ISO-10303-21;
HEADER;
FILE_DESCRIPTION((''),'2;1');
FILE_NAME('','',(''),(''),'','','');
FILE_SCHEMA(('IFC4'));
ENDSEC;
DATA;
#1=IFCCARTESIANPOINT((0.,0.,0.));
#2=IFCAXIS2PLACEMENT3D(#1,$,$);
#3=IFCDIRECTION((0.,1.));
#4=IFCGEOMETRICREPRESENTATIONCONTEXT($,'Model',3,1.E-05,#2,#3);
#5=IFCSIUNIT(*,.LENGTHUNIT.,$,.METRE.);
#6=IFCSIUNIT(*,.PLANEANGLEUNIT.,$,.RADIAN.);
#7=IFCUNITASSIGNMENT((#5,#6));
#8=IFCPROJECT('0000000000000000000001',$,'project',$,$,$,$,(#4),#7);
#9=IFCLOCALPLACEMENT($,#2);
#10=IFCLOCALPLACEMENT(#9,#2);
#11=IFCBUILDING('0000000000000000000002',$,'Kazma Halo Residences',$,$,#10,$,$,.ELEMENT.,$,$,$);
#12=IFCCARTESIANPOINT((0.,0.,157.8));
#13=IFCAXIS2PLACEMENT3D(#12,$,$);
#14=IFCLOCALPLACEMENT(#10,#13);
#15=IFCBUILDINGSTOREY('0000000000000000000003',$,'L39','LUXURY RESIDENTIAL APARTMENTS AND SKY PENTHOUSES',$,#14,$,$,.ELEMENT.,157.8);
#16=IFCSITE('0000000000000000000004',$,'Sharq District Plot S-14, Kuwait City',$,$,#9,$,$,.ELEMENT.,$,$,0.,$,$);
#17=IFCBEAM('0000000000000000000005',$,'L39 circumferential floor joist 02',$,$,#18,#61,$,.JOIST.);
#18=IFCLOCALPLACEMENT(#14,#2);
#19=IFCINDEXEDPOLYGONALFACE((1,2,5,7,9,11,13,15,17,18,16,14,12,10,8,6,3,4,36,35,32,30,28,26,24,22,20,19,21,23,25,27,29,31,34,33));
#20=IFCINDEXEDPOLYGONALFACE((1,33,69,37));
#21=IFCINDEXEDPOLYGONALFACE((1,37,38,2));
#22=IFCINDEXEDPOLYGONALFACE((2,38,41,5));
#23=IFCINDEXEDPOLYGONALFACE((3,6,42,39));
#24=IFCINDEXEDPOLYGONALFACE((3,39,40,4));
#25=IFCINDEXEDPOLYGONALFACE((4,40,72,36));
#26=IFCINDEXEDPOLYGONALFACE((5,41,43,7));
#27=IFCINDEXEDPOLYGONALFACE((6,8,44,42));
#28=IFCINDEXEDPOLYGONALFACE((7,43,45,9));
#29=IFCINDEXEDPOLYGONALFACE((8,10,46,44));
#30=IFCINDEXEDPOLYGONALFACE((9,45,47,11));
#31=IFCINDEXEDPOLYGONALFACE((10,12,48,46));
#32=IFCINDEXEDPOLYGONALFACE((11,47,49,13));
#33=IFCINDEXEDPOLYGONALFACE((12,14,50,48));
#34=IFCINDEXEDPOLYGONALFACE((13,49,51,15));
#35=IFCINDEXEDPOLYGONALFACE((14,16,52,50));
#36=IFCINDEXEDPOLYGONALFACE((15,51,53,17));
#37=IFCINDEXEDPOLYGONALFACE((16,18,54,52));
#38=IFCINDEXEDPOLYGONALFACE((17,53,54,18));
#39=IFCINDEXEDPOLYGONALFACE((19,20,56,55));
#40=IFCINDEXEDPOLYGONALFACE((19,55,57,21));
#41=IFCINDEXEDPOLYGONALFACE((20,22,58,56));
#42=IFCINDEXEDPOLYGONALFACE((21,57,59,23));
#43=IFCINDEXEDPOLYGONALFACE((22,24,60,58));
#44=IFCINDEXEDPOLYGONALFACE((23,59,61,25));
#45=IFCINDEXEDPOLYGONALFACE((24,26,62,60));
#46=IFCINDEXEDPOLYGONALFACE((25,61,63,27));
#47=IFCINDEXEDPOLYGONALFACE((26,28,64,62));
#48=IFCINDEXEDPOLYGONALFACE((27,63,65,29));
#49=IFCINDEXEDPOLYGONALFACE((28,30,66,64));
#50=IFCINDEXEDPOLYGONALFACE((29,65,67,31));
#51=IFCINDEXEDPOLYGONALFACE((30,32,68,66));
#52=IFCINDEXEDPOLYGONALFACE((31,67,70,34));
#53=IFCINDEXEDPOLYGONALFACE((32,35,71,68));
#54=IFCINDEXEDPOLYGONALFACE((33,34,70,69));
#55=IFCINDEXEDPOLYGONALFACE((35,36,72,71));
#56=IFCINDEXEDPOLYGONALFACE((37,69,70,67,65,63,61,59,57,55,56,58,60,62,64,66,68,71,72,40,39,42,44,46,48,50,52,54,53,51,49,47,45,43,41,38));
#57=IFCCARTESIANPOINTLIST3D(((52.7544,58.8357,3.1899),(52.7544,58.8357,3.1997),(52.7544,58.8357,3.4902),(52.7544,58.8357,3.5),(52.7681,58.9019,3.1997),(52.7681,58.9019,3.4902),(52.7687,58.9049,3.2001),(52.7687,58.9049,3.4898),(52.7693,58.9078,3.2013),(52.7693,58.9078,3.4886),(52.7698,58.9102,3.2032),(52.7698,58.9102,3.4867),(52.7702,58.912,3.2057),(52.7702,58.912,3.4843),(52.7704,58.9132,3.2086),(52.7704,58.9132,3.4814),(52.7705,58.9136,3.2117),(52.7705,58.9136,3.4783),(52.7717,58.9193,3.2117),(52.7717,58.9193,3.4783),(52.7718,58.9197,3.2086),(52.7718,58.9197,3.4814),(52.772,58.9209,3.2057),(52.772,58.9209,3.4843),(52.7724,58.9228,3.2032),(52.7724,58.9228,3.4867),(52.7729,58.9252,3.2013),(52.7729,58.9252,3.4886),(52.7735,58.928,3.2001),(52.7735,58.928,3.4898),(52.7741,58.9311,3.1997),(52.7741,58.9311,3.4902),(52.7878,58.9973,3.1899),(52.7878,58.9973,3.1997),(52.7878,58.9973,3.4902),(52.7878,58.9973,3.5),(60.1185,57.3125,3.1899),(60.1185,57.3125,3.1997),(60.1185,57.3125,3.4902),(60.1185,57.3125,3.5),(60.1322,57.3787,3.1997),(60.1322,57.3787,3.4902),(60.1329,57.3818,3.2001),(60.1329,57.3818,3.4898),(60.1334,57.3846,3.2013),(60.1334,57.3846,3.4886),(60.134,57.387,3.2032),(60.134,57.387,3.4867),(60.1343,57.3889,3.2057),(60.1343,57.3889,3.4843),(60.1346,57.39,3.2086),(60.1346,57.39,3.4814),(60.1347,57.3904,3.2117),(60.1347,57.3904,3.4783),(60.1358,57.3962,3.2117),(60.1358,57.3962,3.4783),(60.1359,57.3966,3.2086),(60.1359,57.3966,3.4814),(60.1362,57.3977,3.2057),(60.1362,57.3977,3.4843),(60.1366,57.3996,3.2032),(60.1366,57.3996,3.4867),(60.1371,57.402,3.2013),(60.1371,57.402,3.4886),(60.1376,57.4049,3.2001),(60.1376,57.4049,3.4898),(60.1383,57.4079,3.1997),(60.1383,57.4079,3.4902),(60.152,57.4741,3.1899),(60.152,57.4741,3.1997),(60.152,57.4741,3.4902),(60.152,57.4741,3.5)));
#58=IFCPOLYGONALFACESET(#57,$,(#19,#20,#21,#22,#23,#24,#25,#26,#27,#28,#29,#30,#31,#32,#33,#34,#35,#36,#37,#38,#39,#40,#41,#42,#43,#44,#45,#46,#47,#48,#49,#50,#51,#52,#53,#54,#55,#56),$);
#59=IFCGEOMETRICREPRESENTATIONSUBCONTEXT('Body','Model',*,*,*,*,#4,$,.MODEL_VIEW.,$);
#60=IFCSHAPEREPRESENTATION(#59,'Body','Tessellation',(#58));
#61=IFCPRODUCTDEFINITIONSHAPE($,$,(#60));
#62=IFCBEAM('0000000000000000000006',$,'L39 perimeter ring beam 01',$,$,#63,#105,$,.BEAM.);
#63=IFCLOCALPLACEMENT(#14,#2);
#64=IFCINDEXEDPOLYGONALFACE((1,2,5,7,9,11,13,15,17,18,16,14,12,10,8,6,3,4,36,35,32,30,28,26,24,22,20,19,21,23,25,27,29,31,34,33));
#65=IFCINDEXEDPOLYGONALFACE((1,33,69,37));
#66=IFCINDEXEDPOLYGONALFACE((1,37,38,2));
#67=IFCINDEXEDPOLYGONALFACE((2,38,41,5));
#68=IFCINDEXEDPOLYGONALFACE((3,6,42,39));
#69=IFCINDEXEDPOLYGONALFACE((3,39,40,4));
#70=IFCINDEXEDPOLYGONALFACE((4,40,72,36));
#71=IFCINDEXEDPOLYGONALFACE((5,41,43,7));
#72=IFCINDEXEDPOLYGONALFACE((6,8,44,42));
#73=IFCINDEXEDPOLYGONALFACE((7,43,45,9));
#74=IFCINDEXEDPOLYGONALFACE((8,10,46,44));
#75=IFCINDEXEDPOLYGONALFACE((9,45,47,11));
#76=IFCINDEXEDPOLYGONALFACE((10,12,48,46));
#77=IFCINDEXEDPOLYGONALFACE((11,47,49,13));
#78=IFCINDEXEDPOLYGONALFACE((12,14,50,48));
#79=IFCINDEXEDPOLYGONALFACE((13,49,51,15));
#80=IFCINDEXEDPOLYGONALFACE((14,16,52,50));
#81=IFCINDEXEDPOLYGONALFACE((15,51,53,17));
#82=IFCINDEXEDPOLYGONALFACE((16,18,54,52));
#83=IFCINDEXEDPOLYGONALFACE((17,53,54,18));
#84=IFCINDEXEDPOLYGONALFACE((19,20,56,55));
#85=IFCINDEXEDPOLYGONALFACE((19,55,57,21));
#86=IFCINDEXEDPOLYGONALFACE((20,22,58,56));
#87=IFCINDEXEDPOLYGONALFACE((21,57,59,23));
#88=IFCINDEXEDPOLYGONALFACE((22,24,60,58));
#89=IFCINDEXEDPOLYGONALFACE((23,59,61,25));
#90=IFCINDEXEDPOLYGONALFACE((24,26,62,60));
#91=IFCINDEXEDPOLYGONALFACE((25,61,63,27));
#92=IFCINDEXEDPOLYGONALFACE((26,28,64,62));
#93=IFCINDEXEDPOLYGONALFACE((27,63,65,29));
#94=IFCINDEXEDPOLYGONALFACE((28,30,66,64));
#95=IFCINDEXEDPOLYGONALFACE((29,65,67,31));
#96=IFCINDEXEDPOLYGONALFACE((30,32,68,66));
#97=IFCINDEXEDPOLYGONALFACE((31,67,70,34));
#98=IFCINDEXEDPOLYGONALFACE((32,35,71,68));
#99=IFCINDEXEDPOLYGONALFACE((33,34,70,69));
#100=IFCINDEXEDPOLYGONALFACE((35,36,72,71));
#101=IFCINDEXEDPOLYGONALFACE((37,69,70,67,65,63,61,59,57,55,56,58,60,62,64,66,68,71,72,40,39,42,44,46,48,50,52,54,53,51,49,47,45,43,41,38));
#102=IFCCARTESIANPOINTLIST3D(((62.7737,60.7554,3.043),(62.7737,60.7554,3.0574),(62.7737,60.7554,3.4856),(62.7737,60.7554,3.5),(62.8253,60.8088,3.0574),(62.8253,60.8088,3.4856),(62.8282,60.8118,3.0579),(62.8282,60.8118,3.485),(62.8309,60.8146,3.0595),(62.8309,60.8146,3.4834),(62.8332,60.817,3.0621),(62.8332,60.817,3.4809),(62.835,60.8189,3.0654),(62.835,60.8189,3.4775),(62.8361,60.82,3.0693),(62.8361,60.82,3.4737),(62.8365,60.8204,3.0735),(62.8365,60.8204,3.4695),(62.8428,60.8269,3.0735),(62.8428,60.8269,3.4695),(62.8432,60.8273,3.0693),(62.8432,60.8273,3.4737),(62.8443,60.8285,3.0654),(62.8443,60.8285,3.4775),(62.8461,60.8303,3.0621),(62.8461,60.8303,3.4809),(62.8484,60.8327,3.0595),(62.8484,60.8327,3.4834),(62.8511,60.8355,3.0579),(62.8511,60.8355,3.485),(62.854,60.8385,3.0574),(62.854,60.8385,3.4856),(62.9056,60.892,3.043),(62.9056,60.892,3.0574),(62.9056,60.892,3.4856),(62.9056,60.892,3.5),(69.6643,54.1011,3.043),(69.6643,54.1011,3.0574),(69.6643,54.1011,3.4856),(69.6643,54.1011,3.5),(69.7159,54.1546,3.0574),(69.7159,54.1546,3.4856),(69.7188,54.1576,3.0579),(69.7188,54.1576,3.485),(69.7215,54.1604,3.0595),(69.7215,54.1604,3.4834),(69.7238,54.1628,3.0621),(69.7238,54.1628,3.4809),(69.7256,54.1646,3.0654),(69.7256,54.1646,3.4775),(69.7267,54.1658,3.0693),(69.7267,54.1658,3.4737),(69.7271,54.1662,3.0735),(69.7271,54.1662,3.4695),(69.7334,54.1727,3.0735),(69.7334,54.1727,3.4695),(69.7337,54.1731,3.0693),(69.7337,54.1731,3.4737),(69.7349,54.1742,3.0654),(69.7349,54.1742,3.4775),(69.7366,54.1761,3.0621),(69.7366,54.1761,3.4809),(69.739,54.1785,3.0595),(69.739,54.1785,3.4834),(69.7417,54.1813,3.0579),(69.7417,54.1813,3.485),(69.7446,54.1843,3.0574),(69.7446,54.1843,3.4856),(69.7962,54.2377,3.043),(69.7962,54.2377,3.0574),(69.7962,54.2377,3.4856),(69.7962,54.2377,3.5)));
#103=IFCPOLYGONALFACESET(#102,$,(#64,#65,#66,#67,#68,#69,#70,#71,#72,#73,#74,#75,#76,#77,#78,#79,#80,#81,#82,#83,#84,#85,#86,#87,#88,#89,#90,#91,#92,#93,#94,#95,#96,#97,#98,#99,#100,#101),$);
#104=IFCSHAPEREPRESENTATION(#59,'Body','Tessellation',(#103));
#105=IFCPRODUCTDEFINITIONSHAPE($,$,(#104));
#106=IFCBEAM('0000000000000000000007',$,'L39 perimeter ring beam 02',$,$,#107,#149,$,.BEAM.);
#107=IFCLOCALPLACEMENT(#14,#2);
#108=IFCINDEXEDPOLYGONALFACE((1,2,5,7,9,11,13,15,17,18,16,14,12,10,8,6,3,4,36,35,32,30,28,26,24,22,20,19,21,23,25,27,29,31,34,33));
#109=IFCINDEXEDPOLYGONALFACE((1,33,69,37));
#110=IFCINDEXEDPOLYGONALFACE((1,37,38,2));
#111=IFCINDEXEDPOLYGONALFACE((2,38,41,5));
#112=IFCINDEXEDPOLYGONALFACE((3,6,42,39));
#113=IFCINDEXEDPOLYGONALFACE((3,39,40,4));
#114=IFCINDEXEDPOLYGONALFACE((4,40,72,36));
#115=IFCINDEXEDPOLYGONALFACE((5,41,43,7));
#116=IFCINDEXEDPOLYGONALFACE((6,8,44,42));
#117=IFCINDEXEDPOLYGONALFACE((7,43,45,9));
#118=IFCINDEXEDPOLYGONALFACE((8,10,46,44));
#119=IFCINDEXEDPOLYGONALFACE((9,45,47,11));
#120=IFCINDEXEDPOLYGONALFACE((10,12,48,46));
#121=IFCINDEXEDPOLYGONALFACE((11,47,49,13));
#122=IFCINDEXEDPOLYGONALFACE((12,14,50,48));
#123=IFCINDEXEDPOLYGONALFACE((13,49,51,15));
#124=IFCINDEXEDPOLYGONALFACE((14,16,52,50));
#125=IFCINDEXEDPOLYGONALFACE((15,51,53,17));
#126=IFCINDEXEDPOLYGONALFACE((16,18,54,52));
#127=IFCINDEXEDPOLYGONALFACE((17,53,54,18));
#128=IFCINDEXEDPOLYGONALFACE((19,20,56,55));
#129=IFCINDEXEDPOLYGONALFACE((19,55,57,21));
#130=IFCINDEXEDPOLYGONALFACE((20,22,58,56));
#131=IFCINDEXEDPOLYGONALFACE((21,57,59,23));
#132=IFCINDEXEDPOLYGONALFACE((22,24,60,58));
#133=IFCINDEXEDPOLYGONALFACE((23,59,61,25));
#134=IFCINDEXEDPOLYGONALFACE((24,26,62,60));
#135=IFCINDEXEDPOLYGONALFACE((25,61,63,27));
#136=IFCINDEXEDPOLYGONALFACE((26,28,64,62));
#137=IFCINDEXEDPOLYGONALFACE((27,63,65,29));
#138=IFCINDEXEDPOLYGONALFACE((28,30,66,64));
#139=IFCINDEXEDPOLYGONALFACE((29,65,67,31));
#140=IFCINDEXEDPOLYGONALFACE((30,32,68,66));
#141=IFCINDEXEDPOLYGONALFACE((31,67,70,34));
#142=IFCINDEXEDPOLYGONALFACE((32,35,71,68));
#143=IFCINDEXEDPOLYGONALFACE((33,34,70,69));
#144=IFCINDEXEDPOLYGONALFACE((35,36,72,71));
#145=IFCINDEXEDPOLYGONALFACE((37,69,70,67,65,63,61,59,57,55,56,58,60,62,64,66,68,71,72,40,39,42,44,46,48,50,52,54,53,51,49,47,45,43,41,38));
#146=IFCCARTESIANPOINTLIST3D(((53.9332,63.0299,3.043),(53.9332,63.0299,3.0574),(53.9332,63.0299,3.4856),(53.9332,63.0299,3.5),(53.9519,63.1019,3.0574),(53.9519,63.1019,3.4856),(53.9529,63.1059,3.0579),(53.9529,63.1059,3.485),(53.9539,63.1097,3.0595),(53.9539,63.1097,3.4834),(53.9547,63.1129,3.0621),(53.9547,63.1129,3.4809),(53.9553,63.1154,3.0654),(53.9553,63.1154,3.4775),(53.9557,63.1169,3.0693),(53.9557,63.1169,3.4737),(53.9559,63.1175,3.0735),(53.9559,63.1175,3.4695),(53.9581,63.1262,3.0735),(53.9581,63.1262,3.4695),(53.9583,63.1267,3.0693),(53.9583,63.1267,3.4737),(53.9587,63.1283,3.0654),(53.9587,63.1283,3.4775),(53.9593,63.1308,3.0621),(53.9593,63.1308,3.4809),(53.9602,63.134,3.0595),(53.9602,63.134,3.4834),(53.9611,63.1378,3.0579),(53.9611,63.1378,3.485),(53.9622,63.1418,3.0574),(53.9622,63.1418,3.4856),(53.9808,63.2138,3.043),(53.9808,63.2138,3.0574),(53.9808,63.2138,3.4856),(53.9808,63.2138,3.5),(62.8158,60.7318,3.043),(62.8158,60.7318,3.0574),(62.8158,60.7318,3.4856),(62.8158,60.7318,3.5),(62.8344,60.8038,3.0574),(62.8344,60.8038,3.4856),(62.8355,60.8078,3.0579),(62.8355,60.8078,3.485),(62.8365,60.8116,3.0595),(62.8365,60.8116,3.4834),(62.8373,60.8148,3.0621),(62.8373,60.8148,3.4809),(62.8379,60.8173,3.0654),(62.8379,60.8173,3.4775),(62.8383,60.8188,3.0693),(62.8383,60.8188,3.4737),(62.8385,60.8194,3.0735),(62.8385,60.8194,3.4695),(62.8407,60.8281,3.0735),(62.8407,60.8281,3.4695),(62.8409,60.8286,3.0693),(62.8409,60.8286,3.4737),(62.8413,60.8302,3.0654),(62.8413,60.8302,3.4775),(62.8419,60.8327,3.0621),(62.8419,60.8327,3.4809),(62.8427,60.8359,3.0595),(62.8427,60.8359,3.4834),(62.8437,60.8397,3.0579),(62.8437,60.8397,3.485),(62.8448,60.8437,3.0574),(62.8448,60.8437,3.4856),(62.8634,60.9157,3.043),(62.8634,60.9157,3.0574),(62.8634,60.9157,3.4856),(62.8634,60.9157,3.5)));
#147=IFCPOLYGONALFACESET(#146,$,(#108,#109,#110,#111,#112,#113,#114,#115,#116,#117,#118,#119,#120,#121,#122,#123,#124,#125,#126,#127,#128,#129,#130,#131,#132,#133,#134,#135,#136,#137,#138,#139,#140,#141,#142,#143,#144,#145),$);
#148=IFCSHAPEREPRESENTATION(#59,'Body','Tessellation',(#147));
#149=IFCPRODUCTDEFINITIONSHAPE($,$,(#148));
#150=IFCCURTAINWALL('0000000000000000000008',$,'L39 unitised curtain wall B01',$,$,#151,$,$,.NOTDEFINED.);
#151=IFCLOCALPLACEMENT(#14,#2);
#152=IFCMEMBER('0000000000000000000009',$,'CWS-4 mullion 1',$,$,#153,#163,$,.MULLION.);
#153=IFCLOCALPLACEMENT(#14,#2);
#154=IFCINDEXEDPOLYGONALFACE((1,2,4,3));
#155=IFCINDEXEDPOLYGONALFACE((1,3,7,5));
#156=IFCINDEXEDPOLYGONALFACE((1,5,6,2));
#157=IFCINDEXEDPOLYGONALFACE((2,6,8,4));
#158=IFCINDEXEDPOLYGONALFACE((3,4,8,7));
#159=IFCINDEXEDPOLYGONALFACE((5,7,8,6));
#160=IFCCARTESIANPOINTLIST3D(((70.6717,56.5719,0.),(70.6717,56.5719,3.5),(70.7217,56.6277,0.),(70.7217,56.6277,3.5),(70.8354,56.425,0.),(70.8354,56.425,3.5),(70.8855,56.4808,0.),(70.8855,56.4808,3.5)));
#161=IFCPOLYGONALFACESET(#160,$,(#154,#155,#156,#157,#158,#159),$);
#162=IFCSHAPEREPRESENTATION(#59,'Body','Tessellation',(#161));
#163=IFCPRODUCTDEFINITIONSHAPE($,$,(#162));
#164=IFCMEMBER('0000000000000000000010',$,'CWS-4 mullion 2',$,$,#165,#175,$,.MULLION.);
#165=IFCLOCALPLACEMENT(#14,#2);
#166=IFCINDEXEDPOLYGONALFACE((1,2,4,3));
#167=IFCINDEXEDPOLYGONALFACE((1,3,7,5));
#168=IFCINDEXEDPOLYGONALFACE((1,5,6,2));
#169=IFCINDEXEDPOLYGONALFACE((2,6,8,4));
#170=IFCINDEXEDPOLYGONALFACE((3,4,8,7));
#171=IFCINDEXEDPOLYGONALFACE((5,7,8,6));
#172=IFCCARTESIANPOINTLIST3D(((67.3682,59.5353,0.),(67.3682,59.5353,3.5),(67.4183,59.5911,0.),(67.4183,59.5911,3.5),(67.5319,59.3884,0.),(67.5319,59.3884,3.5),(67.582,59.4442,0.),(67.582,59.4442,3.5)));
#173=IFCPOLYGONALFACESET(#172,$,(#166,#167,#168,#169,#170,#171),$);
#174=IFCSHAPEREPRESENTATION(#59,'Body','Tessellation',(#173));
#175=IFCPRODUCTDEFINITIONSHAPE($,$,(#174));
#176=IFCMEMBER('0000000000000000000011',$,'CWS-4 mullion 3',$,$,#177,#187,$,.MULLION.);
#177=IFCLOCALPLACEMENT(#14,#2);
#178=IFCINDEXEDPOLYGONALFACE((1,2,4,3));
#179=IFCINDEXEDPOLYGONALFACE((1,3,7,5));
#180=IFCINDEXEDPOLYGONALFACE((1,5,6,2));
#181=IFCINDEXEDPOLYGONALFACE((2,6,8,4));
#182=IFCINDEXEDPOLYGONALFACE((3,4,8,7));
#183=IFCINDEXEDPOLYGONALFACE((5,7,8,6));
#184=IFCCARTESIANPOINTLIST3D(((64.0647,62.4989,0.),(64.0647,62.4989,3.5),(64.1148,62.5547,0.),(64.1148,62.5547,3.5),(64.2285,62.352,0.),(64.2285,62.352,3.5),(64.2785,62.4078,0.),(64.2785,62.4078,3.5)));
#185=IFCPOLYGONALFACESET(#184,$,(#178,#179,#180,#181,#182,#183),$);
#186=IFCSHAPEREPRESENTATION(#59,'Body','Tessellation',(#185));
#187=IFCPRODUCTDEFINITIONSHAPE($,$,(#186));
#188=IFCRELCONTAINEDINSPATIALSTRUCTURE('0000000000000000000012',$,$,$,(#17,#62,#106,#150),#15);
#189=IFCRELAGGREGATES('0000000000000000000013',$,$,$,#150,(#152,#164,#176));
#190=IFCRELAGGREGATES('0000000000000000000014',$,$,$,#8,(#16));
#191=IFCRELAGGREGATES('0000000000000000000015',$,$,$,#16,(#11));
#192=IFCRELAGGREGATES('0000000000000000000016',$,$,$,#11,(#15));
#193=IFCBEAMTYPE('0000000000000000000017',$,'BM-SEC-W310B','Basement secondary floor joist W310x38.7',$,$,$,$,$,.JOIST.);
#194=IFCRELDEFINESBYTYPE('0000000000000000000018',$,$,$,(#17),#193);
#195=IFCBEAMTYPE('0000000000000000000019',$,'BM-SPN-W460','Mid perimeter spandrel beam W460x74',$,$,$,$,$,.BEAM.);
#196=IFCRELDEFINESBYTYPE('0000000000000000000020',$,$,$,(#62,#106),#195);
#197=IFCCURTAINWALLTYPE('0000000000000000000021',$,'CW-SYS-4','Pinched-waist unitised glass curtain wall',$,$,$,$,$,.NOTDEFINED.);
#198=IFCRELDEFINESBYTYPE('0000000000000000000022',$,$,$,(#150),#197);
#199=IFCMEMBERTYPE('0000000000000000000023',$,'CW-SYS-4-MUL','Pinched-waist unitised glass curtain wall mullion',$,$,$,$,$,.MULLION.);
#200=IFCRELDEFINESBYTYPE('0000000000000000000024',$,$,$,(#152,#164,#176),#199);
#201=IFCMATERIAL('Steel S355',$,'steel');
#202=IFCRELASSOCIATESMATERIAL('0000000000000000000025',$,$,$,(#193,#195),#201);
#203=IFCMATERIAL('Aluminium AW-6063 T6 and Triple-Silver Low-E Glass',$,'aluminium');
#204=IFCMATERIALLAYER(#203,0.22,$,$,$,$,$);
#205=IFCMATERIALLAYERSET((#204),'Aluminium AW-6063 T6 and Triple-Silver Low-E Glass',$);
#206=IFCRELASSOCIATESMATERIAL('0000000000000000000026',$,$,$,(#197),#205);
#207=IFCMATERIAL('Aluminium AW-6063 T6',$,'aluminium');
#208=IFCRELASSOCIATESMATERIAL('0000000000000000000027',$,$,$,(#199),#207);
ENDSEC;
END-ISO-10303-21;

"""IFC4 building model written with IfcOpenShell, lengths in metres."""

from ifc_helpers import new_model, si_unit, direction, frame, origin, origin_2d, place, context, subcontext, project, spatial, rectangle, i_section, extrude, material, layer, layer_set, material_profile, profile_set, type_object, element, aggregate, save


model = new_model("IFC4")

# Units and contexts
model_context = context("Model", 3, precision=1e-05, world=origin(), true_north=direction((0.0, 1.0)))
body_context = subcontext(model_context, "Body", "Model", "MODEL_VIEW")
ifc_project = project(units=[si_unit("LENGTHUNIT", "METRE"), si_unit("PLANEANGLEUNIT", "RADIAN")], contexts=[model_context])

# Site, building, storey
site_placement = place(None, origin())
site = spatial("IfcSite", under=ifc_project, at=site_placement, Name="Sharq District Plot S-14, Kuwait City", CompositionType="ELEMENT", RefElevation=0.0)
building_placement = place(site_placement, origin())
building = spatial("IfcBuilding", under=site, at=building_placement, Name="Kazma Halo Residences", CompositionType="ELEMENT")
storey_placement = place(building_placement, frame((0.0, 0.0, 157.8)))
storey = spatial("IfcBuildingStorey", under=building, at=storey_placement, Name="L39", Description="LUXURY RESIDENTIAL APARTMENTS AND SKY PENTHOUSES", CompositionType="ELEMENT", Elevation=157.8)

# Beams
ifc_material_1 = material(Name="Steel S355", Category="steel")
ifc_material_profile_1 = material_profile(ifc_material_1, i_section(OverallWidth=0.165, OverallDepth=0.3101, WebThickness=0.0059, FlangeThickness=0.0098, FilletRadius=0.012, at=origin_2d()), Name="W310x38.7")
ifc_profile_set_1 = profile_set([ifc_material_profile_1], Name="Steel S355")
beam_type_1 = type_object("IfcBeamType", Name="BM-SEC-W310B", Description="Basement secondary floor joist W310x38.7", PredefinedType="JOIST", material=ifc_profile_set_1)
beam_1_placement = place(storey_placement, frame((60.1353, 57.3933, 3.345), z_axis=(-0.979272, 0.202549, 0.0), x_axis=(-0.202549, -0.979272, 0.0)))
element("IfcBeam", 1, at=beam_1_placement, inside=storey, type_object=beam_type_1, Name="L39 circumferential floor joist 02", PredefinedType="JOIST", context=body_context, shape_type="SweptSolid", body=[
    extrude(i_section(OverallWidth=0.165, OverallDepth=0.3101, WebThickness=0.0059, FlangeThickness=0.0098, FilletRadius=0.012, at=origin_2d()), origin(), (0.0, 0.0, 1.0), 7.52),
])
ifc_material_profile_2 = material_profile(ifc_material_1, i_section(OverallWidth=0.1899, OverallDepth=0.457, WebThickness=0.009, FlangeThickness=0.0144, FilletRadius=0.0161, at=origin_2d()), Name="W460x74")
ifc_profile_set_2 = profile_set([ifc_material_profile_2], Name="Steel S355")
beam_type_2 = type_object("IfcBeamType", Name="BM-SPN-W460", Description="Mid perimeter spandrel beam W460x74", PredefinedType="BEAM", material=ifc_profile_set_2)
beam_2_placement = place(storey_placement, frame((69.7302, 54.1694, 3.2715), z_axis=(-0.719335, 0.694664, 0.0), x_axis=(-0.694664, -0.719335, 0.0)))
element("IfcBeam", 2, at=beam_2_placement, inside=storey, type_object=beam_type_2, Name="L39 perimeter ring beam 01", PredefinedType="BEAM", context=body_context, shape_type="SweptSolid", body=[
    extrude(i_section(OverallWidth=0.1899, OverallDepth=0.457, WebThickness=0.009, FlangeThickness=0.0144, FilletRadius=0.0161, at=origin_2d()), origin(), (0.0, 0.0, 1.0), 9.5791),
])
beam_3_placement = place(storey_placement, frame((62.8396, 60.8237, 3.2715), z_axis=(-0.968124, 0.250473, 0.0), x_axis=(-0.250473, -0.968124, 0.0)))
element("IfcBeam", 3, at=beam_3_placement, inside=storey, type_object=beam_type_2, Name="L39 perimeter ring beam 02", PredefinedType="BEAM", context=body_context, shape_type="SweptSolid", body=[
    extrude(i_section(OverallWidth=0.1899, OverallDepth=0.457, WebThickness=0.009, FlangeThickness=0.0144, FilletRadius=0.0161, at=origin_2d()), origin(), (0.0, 0.0, 1.0), 9.175),
])

# Curtain wall, members
ifc_material_2 = material(Name="Aluminium AW-6063 T6 and Triple-Silver Low-E Glass", Category="aluminium")
ifc_layer_1 = layer(ifc_material_2, 0.22)
ifc_layer_set_1 = layer_set([ifc_layer_1], Name="Aluminium AW-6063 T6 and Triple-Silver Low-E Glass")
curtain_wall_type = type_object("IfcCurtainWallType", Name="CW-SYS-4", Description="Pinched-waist unitised glass curtain wall", PredefinedType="NOTDEFINED", material=ifc_layer_set_1)
curtain_wall_1_placement = place(storey_placement, origin())
curtain_wall_1 = element("IfcCurtainWall", 4, at=curtain_wall_1_placement, inside=storey, type_object=curtain_wall_type, Name="L39 unitised curtain wall B01", PredefinedType="NOTDEFINED")
ifc_material_3 = material(Name="Aluminium AW-6063 T6", Category="aluminium")
ifc_material_profile_3 = material_profile(ifc_material_3, rectangle(XDim=0.075, YDim=0.22, at=origin_2d()), Name="CWM-75x220")
ifc_profile_set_3 = profile_set([ifc_material_profile_3], Name="Aluminium AW-6063 T6")
member_type_1 = type_object("IfcMemberType", Name="CW-SYS-4-MUL", Description="Pinched-waist unitised glass curtain wall mullion", PredefinedType="MULLION", material=ifc_profile_set_3)
member_1_placement = place(storey_placement, frame((70.7786, 56.5264, 0.0), z_axis=(0.0, 0.0, 1.0), x_axis=(-0.66777, -0.744368, 0.0)))
member_1 = element("IfcMember", 5, at=member_1_placement, type_object=member_type_1, Name="CWS-4 mullion 1", PredefinedType="MULLION", context=body_context, shape_type="SweptSolid", body=[
    extrude(rectangle(XDim=0.075, YDim=0.22, at=origin_2d()), origin(), (0.0, 0.0, 1.0), 3.5),
])
member_2_placement = place(storey_placement, frame((67.4751, 59.4897, 0.0), z_axis=(0.0, 0.0, 1.0), x_axis=(-0.66777, -0.744368, 0.0)))
member_2 = element("IfcMember", 6, at=member_2_placement, type_object=member_type_1, Name="CWS-4 mullion 2", PredefinedType="MULLION", context=body_context, shape_type="SweptSolid", body=[
    extrude(rectangle(XDim=0.075, YDim=0.22, at=origin_2d()), origin(), (0.0, 0.0, 1.0), 3.5),
])
member_3_placement = place(storey_placement, frame((64.1716, 62.4534, 0.0), z_axis=(0.0, 0.0, 1.0), x_axis=(-0.66777, -0.744368, 0.0)))
member_3 = element("IfcMember", 7, at=member_3_placement, type_object=member_type_1, Name="CWS-4 mullion 3", PredefinedType="MULLION", context=body_context, shape_type="SweptSolid", body=[
    extrude(rectangle(XDim=0.075, YDim=0.22, at=origin_2d()), origin(), (0.0, 0.0, 1.0), 3.5),
])

aggregate(curtain_wall_1, [member_1, member_2, member_3])

save(model, "model.ifc")
